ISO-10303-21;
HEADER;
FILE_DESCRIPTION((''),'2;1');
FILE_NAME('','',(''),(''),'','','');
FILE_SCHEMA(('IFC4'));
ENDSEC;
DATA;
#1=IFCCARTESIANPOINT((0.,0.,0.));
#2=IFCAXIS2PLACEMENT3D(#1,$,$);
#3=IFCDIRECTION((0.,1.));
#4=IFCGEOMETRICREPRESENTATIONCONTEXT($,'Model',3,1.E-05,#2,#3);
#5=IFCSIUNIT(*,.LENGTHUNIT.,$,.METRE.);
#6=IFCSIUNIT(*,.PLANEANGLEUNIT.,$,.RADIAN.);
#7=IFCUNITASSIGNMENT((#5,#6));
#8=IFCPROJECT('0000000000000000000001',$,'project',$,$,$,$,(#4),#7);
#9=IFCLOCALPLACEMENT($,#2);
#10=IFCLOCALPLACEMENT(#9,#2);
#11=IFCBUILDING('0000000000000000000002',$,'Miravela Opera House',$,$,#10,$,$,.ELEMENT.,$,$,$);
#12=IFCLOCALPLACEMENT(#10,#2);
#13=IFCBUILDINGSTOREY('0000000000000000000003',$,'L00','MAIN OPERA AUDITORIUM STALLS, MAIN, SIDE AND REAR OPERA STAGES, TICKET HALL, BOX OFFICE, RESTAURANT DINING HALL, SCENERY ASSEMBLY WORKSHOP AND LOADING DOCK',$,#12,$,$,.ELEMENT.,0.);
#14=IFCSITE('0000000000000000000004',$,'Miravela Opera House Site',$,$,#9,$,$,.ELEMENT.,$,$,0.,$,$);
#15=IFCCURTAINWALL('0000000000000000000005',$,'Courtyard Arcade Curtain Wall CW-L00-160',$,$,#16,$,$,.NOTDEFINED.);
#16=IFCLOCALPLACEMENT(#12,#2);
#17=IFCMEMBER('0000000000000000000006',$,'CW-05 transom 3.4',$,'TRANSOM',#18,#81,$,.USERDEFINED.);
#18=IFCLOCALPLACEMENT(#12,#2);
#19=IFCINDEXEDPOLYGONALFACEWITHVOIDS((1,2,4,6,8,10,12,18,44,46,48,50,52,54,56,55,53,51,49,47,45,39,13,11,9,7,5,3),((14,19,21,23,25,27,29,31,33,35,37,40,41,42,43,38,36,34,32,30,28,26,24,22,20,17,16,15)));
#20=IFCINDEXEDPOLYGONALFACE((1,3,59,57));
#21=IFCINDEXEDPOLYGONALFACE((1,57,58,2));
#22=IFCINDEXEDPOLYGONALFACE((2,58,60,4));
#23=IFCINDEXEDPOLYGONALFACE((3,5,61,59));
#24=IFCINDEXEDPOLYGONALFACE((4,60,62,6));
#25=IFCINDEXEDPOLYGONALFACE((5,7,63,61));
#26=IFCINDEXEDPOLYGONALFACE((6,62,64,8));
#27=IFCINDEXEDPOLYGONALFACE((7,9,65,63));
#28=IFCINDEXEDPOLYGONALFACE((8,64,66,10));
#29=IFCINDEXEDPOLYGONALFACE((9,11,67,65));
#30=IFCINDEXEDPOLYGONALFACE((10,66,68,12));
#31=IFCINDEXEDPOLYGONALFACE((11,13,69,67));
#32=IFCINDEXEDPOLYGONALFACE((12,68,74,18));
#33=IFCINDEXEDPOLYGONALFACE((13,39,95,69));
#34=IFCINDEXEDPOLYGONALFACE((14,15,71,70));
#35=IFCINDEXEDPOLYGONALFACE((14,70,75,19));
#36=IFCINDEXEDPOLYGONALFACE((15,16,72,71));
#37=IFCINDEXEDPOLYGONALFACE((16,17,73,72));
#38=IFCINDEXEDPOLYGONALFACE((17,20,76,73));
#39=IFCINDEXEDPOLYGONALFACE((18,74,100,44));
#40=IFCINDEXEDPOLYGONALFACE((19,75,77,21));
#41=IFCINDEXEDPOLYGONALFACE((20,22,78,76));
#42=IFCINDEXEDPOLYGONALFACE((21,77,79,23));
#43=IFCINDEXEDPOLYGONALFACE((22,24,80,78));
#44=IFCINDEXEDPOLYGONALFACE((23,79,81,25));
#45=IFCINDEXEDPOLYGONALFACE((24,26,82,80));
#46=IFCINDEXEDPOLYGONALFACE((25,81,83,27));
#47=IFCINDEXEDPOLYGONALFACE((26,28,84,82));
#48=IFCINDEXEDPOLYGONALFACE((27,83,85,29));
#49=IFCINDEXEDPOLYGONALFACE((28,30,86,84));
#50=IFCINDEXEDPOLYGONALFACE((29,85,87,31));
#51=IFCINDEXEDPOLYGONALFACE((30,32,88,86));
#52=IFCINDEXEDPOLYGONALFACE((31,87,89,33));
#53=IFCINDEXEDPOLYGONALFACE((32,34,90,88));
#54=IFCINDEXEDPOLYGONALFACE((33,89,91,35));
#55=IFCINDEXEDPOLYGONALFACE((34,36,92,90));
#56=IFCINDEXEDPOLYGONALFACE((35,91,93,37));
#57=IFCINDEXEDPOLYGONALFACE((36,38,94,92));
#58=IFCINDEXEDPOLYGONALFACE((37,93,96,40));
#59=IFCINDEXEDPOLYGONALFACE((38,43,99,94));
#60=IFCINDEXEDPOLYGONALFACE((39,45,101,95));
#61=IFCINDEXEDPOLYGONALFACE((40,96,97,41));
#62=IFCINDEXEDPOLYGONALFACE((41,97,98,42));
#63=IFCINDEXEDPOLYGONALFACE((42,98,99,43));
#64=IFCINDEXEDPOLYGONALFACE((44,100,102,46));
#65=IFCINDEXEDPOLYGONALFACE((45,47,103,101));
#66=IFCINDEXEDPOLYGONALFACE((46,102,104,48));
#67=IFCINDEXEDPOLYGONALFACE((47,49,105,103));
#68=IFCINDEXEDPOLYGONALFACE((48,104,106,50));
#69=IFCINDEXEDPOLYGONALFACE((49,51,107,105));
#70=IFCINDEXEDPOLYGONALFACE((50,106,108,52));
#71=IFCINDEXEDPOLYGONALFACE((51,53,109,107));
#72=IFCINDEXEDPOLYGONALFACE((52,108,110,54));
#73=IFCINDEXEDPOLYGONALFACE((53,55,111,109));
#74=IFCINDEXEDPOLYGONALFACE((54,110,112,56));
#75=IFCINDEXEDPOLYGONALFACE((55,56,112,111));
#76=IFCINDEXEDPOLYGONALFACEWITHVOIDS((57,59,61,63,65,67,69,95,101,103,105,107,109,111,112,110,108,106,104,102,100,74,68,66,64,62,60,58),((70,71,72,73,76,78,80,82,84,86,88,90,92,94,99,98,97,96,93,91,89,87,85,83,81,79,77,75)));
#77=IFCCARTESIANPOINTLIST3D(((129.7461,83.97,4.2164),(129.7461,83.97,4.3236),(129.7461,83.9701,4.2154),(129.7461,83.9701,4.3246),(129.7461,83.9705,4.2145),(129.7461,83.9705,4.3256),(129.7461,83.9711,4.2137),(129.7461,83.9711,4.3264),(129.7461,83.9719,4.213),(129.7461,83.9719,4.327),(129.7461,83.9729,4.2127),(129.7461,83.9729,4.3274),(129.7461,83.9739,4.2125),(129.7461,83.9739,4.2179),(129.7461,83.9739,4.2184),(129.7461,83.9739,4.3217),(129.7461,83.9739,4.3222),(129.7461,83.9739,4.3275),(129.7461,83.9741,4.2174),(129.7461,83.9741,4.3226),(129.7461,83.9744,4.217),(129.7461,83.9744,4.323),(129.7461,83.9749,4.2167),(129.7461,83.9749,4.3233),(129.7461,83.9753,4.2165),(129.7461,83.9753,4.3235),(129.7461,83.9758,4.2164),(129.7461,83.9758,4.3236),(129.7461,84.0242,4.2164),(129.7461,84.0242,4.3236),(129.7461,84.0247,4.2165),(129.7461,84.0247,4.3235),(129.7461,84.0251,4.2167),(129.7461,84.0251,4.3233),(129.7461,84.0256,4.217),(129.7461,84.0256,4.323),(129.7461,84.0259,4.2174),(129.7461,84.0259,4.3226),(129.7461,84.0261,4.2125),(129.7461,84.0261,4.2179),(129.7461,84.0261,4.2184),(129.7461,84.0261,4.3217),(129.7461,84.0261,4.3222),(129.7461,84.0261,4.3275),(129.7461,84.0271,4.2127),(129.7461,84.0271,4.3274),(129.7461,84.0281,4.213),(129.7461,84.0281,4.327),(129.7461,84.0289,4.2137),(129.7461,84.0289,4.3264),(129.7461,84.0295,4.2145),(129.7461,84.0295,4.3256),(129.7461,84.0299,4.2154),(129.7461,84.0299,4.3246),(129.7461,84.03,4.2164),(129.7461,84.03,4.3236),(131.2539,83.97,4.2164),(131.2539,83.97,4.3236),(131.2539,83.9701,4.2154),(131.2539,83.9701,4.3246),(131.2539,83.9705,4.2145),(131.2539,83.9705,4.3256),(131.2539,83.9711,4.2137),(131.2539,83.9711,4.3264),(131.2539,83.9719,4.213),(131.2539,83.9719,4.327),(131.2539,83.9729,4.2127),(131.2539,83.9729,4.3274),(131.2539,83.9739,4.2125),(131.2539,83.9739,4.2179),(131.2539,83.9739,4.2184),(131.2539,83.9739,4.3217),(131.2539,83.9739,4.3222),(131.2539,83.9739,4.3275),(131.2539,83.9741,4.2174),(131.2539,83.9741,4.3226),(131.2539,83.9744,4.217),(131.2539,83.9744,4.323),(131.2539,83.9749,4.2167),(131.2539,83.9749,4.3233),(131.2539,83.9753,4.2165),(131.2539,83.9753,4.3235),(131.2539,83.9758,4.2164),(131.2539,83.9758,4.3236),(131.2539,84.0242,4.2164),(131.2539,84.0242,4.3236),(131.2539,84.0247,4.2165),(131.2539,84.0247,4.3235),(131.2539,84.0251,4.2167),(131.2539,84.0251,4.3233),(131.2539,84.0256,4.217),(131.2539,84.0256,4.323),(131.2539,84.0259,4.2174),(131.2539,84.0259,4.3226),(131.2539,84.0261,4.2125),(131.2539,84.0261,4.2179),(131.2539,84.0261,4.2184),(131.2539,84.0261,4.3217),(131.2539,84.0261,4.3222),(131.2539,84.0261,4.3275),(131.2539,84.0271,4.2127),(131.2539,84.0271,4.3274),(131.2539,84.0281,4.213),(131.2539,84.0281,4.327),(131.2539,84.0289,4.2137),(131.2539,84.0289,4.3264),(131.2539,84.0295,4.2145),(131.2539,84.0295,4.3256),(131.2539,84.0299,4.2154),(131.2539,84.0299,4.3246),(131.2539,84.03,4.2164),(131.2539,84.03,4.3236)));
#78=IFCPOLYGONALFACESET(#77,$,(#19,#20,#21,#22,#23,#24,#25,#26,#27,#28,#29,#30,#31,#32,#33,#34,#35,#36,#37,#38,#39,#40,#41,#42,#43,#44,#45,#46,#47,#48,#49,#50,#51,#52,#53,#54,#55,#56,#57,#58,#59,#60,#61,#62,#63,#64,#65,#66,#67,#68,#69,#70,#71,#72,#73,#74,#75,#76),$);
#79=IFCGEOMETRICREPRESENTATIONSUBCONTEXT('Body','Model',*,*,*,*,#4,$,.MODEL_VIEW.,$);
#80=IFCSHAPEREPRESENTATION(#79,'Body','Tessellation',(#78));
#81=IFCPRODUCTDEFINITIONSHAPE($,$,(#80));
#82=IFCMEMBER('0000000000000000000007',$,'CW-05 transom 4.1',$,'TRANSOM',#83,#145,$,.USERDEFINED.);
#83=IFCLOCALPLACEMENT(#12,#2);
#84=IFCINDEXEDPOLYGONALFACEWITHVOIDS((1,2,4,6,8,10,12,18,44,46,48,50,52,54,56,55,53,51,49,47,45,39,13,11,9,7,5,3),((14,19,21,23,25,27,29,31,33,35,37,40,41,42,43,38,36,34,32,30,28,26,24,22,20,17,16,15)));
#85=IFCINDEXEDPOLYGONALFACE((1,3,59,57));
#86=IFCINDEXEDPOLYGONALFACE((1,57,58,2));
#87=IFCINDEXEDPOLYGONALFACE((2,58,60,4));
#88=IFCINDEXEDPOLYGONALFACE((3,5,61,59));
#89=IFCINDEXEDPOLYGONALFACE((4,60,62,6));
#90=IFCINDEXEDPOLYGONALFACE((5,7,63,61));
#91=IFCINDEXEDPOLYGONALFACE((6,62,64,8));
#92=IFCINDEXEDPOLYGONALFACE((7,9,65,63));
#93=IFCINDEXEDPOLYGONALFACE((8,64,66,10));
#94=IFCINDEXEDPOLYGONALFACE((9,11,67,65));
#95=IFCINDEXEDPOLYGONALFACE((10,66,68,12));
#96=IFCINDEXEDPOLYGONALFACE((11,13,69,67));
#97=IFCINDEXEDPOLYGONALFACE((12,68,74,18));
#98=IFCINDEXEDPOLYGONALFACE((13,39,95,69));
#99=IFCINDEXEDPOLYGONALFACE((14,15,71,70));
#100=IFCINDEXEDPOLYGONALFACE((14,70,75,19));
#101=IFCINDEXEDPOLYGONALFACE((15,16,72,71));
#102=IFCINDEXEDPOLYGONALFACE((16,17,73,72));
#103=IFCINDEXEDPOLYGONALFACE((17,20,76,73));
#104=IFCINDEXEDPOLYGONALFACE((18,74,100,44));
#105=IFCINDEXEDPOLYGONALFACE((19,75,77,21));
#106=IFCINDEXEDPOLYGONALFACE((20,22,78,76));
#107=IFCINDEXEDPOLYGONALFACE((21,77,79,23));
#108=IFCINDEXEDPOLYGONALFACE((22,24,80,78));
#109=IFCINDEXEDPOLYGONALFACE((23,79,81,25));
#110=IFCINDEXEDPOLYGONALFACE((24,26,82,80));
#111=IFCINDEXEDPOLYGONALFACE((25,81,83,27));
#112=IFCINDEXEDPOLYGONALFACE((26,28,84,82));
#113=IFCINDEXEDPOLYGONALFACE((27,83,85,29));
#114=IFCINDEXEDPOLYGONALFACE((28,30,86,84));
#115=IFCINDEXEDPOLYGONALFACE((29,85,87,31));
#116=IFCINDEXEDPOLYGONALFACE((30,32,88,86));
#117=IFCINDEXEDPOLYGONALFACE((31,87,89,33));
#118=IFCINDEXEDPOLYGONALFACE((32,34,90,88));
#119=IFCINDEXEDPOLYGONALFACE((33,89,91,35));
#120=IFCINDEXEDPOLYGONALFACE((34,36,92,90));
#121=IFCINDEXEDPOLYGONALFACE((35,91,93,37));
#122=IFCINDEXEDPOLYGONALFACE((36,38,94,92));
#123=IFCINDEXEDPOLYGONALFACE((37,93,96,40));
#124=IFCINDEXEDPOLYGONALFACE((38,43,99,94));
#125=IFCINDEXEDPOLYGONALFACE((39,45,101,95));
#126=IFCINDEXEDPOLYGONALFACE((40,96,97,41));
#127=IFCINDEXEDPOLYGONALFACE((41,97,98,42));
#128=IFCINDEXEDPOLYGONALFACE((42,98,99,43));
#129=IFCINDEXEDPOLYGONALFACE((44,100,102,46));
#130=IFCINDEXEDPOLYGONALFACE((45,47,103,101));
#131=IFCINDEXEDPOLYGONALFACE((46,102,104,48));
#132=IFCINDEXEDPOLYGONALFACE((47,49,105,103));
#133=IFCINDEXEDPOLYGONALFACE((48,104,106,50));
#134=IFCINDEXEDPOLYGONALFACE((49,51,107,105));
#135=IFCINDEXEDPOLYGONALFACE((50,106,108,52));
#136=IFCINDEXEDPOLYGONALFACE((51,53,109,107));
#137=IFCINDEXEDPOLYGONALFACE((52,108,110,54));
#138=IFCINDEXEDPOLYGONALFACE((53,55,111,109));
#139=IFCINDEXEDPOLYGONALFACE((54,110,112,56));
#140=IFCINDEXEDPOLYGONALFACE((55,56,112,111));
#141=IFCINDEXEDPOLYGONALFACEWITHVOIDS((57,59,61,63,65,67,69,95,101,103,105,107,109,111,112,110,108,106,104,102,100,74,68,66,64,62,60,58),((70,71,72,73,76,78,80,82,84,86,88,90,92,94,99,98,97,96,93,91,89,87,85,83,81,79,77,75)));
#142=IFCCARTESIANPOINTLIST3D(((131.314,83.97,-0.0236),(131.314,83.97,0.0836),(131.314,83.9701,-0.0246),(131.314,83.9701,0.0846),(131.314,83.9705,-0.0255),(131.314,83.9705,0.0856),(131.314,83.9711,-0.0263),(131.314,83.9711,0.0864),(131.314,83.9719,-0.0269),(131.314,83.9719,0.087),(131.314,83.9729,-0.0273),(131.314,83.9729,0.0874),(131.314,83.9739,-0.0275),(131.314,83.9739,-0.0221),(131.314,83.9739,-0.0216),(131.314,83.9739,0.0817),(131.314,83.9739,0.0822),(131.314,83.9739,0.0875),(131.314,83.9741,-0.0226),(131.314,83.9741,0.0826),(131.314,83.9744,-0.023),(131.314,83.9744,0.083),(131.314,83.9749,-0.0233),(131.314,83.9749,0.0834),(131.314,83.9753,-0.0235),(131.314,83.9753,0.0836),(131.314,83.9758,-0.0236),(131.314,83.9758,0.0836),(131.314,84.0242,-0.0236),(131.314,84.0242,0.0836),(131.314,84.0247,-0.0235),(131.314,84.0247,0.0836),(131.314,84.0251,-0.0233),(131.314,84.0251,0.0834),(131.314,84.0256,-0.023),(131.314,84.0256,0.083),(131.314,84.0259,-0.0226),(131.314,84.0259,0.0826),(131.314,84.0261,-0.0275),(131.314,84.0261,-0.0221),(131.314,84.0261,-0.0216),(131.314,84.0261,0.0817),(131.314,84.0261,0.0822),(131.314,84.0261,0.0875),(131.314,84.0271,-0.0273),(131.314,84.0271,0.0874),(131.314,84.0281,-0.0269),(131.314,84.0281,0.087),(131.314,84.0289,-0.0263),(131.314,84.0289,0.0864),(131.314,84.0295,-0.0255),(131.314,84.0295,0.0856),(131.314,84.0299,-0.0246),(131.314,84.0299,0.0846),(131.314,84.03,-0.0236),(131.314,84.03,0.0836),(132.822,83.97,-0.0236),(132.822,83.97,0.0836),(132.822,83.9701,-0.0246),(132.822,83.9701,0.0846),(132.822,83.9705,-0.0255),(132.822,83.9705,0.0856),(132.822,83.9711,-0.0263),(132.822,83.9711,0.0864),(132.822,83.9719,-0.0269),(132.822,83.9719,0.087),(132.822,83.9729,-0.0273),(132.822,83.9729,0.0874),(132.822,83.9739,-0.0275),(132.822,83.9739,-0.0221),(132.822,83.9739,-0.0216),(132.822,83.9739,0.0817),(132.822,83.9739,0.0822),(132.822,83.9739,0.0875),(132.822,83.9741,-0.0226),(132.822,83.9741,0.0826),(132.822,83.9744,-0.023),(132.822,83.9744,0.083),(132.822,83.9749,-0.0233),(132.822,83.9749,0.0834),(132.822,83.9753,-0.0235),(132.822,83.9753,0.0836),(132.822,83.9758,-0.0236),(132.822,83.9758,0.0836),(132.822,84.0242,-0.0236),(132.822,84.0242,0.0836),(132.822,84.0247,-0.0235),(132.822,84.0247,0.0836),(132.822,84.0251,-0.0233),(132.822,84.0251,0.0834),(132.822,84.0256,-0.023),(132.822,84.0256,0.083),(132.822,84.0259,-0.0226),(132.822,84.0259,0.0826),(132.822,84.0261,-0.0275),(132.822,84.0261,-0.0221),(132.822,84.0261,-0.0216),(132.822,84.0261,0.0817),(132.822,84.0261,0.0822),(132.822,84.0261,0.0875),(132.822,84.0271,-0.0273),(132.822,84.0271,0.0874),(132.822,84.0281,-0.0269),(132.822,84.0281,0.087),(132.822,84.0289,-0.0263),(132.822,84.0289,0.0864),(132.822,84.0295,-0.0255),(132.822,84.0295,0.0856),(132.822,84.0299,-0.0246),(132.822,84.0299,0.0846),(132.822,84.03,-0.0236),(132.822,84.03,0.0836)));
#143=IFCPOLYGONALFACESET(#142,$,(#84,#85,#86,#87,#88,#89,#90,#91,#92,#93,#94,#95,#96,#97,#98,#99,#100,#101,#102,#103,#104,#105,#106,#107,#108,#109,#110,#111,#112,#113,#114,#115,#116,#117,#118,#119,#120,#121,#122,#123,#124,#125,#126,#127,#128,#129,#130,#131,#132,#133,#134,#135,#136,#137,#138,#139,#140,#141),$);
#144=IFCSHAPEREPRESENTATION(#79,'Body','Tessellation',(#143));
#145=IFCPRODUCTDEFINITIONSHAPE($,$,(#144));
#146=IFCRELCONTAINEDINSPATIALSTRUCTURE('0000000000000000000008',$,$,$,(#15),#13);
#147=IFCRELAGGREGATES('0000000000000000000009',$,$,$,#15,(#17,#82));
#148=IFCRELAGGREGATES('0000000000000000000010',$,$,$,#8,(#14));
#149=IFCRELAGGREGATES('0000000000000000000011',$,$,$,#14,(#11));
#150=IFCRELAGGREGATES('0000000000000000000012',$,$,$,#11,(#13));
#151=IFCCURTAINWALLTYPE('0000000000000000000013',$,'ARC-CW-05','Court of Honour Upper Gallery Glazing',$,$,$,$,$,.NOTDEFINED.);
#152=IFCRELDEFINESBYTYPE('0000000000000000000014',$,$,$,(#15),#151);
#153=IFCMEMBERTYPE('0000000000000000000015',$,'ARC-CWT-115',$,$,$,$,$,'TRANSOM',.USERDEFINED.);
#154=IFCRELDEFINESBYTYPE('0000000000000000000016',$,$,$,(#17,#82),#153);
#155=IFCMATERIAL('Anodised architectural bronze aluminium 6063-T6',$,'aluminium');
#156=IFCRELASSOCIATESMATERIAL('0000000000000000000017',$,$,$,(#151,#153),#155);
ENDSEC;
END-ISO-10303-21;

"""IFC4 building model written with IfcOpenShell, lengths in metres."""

from ifc_helpers import new_model, si_unit, direction, frame, origin, origin_2d, place, context, subcontext, project, spatial, hollow_rectangle, extrude, material, material_profile, profile_set, type_object, element, aggregate, save


model = new_model("IFC4")

# Units and contexts
model_context = context("Model", 3, precision=1e-05, world=origin(), true_north=direction((0.0, 1.0)))
body_context = subcontext(model_context, "Body", "Model", "MODEL_VIEW")
ifc_project = project(units=[si_unit("LENGTHUNIT", "METRE"), si_unit("PLANEANGLEUNIT", "RADIAN")], contexts=[model_context])

# Site, building, storey
site_placement = place(None, origin())
site = spatial("IfcSite", under=ifc_project, at=site_placement, Name="Miravela Opera House Site", CompositionType="ELEMENT", RefElevation=0.0)
building_placement = place(site_placement, origin())
building = spatial("IfcBuilding", under=site, at=building_placement, Name="Miravela Opera House", CompositionType="ELEMENT")
storey_placement = place(building_placement, origin())
storey = spatial("IfcBuildingStorey", under=building, at=storey_placement, Name="L00", Description="MAIN OPERA AUDITORIUM STALLS, MAIN, SIDE AND REAR OPERA STAGES, TICKET HALL, BOX OFFICE, RESTAURANT DINING HALL, SCENERY ASSEMBLY WORKSHOP AND LOADING DOCK", CompositionType="ELEMENT", Elevation=0.0)

# Curtain wall, members
ifc_material_1 = material(Name="Anodised architectural bronze aluminium 6063-T6", Category="aluminium")
curtain_wall_type = type_object("IfcCurtainWallType", Name="ARC-CW-05", Description="Court of Honour Upper Gallery Glazing", PredefinedType="NOTDEFINED", material=ifc_material_1)
curtain_wall_placement = place(storey_placement, origin())
curtain_wall = element("IfcCurtainWall", 1, at=curtain_wall_placement, inside=storey, type_object=curtain_wall_type, Name="Courtyard Arcade Curtain Wall CW-L00-160", PredefinedType="NOTDEFINED")
ifc_material_profile_1 = material_profile(ifc_material_1, hollow_rectangle(XDim=0.0601, YDim=0.115, WallThickness=0.0039, InnerFilletRadius=0.002, OuterFilletRadius=0.0039, at=origin_2d()), Name="CWT-60X115")
ifc_profile_set_1 = profile_set([ifc_material_profile_1])
member_type_1 = type_object("IfcMemberType", Name="ARC-CWT-115", ElementType="TRANSOM", PredefinedType="USERDEFINED", material=ifc_profile_set_1)
member_1_placement = place(storey_placement, frame((129.7461, 84.0, 4.27), z_axis=(1.0, 0.0, 0.0), x_axis=(0.0, 1.0, 0.0)))
member_1 = element("IfcMember", 2, at=member_1_placement, type_object=member_type_1, Name="CW-05 transom 3.4", ObjectType="TRANSOM", PredefinedType="USERDEFINED", context=body_context, shape_type="SweptSolid", body=[
    extrude(hollow_rectangle(XDim=0.0601, YDim=0.115, WallThickness=0.0039, InnerFilletRadius=0.002, OuterFilletRadius=0.0039, at=origin_2d()), origin(), (0.0, 0.0, 1.0), 1.5078),
])
member_2_placement = place(storey_placement, frame((131.314, 84.0, 0.03), z_axis=(1.0, 0.0, 0.0), x_axis=(0.0, 1.0, 0.0)))
member_2 = element("IfcMember", 3, at=member_2_placement, type_object=member_type_1, Name="CW-05 transom 4.1", ObjectType="TRANSOM", PredefinedType="USERDEFINED", context=body_context, shape_type="SweptSolid", body=[
    extrude(hollow_rectangle(XDim=0.0601, YDim=0.115, WallThickness=0.0039, InnerFilletRadius=0.002, OuterFilletRadius=0.0039, at=origin_2d()), origin(), (0.0, 0.0, 1.0), 1.5081),
])
aggregate(curtain_wall, [member_1, member_2])

save(model, "model.ifc")
